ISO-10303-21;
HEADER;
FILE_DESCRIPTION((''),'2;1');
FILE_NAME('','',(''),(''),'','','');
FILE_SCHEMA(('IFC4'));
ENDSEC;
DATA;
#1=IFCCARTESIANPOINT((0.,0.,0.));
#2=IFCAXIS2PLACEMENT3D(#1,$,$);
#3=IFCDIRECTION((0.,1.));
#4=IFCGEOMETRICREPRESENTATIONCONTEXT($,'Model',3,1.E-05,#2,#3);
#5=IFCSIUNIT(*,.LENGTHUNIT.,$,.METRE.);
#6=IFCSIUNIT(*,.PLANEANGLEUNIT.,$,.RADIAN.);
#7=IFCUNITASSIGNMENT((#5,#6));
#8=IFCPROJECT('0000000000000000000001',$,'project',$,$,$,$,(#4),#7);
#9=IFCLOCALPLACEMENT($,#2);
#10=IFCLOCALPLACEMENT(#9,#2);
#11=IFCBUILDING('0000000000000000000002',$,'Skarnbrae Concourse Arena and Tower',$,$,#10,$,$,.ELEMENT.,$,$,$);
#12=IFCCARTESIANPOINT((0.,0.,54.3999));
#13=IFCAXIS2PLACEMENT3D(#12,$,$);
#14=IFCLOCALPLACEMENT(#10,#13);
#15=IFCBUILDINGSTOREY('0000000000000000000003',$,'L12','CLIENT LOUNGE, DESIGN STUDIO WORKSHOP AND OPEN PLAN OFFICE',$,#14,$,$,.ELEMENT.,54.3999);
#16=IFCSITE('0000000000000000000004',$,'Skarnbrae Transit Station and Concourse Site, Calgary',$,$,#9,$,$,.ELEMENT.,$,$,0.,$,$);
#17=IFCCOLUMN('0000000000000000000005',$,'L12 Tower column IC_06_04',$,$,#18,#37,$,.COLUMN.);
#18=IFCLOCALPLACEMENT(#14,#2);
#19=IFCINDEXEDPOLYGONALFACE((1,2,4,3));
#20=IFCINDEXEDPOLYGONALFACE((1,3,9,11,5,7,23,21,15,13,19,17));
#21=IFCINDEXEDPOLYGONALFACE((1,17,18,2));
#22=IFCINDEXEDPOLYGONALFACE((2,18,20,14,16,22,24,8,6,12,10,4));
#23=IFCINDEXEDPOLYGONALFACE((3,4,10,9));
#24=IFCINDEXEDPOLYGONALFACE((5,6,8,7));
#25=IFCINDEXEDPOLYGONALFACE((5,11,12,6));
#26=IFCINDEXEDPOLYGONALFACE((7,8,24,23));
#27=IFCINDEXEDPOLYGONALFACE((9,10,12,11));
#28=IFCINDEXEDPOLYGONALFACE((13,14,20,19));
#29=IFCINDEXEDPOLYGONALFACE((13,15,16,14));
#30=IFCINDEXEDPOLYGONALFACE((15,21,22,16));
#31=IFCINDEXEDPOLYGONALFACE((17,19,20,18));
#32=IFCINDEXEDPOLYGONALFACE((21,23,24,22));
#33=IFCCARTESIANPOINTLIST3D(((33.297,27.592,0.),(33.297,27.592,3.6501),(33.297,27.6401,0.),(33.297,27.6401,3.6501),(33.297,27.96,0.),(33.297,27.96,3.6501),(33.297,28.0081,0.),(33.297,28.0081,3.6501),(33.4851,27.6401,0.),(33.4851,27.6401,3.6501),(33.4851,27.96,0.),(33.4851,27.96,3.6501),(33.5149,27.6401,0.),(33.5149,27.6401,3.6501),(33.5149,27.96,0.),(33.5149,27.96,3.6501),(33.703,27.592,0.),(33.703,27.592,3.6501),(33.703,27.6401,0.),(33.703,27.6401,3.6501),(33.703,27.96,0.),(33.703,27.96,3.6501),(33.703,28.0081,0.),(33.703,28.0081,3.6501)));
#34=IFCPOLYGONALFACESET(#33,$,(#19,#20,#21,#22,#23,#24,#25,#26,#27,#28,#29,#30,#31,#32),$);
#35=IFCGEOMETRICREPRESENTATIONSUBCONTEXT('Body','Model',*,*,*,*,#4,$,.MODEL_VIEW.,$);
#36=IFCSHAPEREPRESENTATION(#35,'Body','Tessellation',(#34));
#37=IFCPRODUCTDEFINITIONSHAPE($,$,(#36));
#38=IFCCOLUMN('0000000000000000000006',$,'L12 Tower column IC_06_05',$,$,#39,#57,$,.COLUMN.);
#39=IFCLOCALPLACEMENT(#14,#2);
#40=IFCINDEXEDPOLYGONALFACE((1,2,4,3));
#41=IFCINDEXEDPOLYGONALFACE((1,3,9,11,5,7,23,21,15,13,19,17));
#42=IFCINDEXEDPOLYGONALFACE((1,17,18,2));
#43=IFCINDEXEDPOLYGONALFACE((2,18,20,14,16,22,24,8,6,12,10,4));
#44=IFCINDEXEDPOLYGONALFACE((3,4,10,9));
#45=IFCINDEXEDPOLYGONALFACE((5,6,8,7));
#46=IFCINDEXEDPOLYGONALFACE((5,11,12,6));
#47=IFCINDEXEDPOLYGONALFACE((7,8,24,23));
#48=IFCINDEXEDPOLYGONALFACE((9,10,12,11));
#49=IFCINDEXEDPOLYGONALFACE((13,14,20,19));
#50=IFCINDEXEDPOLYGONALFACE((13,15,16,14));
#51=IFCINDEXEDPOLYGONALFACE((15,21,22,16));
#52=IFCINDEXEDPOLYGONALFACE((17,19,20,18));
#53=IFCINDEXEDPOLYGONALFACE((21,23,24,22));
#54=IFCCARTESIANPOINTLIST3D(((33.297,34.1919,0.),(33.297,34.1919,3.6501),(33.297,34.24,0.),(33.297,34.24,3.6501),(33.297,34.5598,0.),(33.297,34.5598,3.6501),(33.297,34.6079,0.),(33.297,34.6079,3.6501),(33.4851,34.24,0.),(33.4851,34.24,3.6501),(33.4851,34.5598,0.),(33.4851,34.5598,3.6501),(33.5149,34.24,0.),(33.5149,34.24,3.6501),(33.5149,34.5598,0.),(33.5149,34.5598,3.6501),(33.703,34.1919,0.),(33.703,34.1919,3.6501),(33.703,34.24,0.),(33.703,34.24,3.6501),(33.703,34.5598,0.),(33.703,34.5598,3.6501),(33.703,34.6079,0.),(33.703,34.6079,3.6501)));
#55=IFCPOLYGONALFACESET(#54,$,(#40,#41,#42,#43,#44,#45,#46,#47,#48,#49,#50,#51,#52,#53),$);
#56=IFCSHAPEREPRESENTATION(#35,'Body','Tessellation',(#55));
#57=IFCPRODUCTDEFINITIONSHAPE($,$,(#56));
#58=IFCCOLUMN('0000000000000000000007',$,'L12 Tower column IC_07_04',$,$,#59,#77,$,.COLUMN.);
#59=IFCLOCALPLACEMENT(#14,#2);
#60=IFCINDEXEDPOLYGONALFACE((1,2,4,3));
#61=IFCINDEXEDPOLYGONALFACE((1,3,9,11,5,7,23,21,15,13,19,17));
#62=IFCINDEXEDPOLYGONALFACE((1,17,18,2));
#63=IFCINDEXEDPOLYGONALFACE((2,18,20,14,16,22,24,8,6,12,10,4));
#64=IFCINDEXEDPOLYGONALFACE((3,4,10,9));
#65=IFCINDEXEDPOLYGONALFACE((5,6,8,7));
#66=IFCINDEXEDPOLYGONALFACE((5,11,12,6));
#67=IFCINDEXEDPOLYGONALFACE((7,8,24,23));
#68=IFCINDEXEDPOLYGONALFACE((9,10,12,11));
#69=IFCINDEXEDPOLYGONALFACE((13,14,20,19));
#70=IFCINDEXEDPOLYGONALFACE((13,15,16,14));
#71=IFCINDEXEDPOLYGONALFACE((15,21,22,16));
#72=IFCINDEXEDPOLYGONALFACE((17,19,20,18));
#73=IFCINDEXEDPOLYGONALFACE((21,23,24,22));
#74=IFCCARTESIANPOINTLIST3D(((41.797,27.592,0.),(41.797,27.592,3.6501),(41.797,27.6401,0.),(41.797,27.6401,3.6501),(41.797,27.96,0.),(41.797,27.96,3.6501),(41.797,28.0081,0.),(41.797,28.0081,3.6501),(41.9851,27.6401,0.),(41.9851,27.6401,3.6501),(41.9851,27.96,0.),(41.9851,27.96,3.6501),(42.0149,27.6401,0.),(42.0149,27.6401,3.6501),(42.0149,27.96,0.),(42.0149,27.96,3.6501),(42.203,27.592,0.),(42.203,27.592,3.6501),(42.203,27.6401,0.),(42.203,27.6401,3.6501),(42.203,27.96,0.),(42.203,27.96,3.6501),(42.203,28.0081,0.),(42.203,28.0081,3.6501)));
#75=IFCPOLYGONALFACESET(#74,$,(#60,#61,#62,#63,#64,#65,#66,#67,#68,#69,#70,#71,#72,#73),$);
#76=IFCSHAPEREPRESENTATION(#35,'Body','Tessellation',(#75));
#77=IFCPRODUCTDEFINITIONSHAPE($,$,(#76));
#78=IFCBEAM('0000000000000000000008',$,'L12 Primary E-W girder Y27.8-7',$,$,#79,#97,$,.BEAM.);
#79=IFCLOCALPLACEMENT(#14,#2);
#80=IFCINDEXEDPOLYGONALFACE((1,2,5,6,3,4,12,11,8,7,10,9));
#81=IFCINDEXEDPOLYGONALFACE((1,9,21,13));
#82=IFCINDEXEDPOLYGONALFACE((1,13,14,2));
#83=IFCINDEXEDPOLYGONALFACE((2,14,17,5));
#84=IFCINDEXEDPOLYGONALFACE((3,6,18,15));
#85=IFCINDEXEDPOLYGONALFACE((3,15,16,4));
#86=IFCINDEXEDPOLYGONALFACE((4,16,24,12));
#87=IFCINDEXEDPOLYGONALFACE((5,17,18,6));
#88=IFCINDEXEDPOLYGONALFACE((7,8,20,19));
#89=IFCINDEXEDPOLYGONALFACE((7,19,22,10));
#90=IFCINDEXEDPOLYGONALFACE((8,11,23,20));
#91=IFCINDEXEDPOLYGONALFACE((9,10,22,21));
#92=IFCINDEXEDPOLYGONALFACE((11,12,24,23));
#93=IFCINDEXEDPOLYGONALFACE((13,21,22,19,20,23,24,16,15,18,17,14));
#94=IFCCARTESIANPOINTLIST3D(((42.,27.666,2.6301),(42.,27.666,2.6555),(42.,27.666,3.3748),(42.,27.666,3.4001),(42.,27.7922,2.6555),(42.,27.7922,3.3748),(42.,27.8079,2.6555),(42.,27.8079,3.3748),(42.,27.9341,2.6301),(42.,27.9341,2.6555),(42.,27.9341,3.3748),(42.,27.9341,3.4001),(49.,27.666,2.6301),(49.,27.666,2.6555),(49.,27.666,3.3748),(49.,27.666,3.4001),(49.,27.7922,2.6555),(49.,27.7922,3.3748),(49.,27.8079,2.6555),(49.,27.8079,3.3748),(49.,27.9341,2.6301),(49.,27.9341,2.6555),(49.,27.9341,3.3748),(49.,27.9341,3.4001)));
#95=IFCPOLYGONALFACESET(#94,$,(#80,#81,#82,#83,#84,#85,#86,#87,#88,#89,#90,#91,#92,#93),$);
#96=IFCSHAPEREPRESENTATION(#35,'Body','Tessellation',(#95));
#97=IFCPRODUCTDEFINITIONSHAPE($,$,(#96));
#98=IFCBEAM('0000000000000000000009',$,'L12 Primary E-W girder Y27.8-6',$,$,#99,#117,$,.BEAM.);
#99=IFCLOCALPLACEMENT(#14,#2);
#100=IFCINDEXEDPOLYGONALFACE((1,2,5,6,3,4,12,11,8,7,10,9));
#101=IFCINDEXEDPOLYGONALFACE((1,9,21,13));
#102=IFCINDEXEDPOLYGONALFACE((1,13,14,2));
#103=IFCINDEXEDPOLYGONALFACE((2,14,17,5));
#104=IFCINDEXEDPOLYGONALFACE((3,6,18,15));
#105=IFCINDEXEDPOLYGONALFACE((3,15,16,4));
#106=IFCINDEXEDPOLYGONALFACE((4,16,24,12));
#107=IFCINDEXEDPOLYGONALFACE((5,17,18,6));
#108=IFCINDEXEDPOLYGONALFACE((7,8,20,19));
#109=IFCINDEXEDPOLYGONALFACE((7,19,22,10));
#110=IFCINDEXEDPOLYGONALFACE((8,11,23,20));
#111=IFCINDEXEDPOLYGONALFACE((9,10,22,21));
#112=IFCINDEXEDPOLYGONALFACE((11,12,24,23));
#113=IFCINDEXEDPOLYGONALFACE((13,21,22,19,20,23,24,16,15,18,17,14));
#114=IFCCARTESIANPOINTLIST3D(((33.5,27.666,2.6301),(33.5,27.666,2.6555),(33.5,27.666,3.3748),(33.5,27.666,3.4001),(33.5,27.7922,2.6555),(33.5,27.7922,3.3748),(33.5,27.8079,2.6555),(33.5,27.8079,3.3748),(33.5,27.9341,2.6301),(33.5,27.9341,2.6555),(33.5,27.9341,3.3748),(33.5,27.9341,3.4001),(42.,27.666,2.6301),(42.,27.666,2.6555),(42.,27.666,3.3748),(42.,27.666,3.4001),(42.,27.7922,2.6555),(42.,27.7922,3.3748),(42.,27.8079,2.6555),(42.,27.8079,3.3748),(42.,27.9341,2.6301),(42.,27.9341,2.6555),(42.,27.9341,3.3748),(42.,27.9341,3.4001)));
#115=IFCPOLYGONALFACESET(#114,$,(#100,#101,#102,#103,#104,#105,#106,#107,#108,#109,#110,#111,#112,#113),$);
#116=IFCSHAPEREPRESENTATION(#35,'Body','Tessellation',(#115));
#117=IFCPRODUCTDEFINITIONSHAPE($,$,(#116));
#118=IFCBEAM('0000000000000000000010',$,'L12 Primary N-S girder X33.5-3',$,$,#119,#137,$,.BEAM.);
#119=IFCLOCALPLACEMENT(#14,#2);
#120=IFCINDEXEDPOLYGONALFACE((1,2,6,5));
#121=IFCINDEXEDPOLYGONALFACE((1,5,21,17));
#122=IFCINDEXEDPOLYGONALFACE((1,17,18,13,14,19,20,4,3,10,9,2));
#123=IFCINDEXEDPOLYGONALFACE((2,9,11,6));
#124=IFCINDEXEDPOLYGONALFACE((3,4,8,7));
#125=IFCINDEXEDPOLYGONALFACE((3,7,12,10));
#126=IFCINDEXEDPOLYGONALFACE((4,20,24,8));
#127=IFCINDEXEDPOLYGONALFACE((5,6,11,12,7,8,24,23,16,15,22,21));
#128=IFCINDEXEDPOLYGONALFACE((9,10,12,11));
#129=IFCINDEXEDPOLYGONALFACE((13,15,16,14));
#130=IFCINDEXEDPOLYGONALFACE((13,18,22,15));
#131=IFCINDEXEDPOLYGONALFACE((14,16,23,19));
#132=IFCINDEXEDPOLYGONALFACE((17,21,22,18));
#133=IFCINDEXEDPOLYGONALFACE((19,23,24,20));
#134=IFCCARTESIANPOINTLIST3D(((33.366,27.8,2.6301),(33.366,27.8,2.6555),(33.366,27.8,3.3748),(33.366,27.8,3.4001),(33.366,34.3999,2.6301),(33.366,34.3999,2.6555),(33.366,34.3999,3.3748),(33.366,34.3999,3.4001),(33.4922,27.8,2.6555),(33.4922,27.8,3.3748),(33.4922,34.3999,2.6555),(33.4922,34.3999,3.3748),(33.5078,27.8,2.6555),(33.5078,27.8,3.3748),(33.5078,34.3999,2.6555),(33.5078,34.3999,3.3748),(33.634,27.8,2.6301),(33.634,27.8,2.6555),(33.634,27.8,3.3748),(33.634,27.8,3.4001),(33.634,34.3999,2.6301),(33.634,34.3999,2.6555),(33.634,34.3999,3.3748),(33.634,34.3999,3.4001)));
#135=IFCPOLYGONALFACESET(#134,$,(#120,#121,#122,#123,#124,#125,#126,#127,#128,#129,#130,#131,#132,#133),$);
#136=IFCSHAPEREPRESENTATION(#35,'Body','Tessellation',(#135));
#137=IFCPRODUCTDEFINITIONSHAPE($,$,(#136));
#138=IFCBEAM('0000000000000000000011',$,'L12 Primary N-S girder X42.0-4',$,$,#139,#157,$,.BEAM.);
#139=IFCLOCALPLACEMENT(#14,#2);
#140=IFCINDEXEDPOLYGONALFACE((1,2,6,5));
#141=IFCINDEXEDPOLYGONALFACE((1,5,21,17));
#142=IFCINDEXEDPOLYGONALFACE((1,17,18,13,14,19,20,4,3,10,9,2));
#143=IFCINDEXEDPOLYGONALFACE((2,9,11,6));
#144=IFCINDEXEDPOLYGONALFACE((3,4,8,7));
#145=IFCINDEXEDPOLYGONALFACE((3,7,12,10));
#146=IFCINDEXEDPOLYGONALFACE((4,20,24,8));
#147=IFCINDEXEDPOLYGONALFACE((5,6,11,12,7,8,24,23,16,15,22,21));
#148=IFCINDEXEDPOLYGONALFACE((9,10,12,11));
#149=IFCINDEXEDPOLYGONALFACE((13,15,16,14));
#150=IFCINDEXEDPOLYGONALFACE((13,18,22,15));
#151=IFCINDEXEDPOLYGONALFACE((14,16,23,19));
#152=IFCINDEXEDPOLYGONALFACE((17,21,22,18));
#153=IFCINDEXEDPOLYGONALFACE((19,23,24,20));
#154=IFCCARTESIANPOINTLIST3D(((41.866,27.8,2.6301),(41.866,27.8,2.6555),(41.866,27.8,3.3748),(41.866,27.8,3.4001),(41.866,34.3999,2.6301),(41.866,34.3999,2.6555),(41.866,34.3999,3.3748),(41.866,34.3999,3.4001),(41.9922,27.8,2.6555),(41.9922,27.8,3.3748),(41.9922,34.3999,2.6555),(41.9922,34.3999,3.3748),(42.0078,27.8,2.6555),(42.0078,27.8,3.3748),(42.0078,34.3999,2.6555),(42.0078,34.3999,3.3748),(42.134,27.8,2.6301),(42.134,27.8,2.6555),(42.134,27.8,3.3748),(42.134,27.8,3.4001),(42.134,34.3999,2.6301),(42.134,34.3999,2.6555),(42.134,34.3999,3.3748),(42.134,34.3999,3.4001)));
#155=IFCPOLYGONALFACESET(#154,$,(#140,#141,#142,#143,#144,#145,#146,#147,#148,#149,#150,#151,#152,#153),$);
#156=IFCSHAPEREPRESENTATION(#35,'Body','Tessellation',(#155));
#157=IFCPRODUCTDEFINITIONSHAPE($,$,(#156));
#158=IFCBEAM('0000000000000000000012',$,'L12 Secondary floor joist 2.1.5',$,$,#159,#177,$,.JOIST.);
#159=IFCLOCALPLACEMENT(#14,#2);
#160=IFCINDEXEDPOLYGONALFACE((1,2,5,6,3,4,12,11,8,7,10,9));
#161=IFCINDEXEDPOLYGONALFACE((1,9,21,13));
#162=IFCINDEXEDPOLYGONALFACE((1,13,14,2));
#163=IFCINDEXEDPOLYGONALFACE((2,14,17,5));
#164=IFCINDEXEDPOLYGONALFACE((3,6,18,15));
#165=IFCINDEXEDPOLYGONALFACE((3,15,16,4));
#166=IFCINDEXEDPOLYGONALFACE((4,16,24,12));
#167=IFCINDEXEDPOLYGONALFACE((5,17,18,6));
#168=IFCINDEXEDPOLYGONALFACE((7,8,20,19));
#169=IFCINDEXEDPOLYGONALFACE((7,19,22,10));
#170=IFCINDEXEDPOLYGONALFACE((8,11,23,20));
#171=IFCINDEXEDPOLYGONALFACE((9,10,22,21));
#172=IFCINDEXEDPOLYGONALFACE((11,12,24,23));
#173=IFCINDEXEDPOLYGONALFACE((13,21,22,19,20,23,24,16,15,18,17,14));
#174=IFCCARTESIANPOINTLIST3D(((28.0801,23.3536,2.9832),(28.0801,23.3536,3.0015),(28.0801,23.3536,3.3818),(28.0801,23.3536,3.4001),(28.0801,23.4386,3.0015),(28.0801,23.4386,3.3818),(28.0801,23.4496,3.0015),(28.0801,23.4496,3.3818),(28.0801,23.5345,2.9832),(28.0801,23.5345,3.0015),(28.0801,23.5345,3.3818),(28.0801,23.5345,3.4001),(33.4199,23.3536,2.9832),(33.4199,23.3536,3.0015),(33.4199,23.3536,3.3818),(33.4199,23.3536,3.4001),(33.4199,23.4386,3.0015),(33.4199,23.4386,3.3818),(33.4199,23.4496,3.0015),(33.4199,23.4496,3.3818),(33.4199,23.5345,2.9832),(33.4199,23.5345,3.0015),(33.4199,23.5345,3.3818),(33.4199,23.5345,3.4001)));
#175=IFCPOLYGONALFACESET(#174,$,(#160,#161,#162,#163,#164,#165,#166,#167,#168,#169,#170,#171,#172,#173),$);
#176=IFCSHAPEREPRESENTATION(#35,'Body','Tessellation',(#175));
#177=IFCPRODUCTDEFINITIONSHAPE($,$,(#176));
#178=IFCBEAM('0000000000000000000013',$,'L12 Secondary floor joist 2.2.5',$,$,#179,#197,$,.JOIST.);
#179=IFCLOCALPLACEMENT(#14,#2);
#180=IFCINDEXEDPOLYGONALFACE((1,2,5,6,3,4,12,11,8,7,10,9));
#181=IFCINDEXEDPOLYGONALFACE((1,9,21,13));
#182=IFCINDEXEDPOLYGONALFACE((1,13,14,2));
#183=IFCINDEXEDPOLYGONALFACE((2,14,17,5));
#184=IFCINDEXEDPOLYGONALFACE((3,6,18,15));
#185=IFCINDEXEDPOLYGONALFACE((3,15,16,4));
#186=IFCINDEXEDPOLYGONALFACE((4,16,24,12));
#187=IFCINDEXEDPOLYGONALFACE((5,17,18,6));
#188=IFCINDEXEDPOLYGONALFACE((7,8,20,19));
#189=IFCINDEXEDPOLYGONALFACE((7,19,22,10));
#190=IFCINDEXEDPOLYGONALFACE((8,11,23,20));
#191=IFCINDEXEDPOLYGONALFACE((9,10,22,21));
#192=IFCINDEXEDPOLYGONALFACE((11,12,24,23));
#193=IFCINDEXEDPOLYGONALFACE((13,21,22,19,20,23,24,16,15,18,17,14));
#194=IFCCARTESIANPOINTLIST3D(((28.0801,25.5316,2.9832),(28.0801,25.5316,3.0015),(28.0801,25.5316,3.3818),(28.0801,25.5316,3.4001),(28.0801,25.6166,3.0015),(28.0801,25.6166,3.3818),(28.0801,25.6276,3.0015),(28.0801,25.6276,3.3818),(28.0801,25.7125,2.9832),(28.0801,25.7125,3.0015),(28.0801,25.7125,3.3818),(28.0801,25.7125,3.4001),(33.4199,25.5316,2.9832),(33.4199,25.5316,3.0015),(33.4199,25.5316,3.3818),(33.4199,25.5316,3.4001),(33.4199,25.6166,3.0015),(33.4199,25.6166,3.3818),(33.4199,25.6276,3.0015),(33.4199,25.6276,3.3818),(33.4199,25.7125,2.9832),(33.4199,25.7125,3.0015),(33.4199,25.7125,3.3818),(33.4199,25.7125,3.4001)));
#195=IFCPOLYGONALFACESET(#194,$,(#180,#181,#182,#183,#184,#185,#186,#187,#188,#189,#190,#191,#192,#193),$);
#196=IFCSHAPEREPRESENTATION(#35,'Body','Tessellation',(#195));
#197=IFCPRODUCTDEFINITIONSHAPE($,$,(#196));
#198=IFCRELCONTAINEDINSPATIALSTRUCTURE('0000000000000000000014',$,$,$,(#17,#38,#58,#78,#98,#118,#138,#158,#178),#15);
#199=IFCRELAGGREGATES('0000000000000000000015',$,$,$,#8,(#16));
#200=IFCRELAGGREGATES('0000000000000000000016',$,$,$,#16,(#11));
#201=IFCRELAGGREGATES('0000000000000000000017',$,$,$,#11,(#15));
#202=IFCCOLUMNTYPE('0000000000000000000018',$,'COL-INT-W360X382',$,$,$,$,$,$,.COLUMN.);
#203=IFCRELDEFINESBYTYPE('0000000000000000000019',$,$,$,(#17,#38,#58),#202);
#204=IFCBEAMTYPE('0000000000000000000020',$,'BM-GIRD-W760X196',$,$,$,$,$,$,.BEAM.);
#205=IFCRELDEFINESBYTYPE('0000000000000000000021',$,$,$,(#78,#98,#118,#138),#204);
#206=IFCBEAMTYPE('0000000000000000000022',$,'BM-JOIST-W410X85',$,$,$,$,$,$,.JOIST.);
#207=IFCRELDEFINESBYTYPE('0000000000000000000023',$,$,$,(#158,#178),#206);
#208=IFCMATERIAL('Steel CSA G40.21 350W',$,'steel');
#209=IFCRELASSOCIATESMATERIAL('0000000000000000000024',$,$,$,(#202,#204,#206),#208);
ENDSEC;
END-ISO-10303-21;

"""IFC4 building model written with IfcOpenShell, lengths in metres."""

from ifc_helpers import new_model, si_unit, direction, frame, origin, origin_2d, place, context, subcontext, project, spatial, i_section, extrude, source, transform, mapped, material, material_profile, profile_set, type_object, element, save


model = new_model("IFC4")

# Units and contexts
model_context = context("Model", 3, precision=1e-05, world=origin(), true_north=direction((0.0, 1.0)))
body_context = subcontext(model_context, "Body", "Model", "MODEL_VIEW")
ifc_project = project(units=[si_unit("LENGTHUNIT", "METRE"), si_unit("PLANEANGLEUNIT", "RADIAN")], contexts=[model_context])

# Site, building, storey
site_placement = place(None, origin())
site = spatial("IfcSite", under=ifc_project, at=site_placement, Name="Skarnbrae Transit Station and Concourse Site, Calgary", CompositionType="ELEMENT", RefElevation=0.0)
building_placement = place(site_placement, origin())
building = spatial("IfcBuilding", under=site, at=building_placement, Name="Skarnbrae Concourse Arena and Tower", CompositionType="ELEMENT")
storey_placement = place(building_placement, frame((0.0, 0.0, 54.3999)))
storey = spatial("IfcBuildingStorey", under=building, at=storey_placement, Name="L12", Description="CLIENT LOUNGE, DESIGN STUDIO WORKSHOP AND OPEN PLAN OFFICE", CompositionType="ELEMENT", Elevation=54.3999)

# Columns
ifc_material_1 = material(Name="Steel CSA G40.21 350W", Category="steel")
ifc_material_profile_1 = material_profile(ifc_material_1, i_section(OverallWidth=0.406, OverallDepth=0.416, WebThickness=0.0298, FlangeThickness=0.0481, at=origin_2d()), Name="W360X382")
ifc_profile_set_1 = profile_set([ifc_material_profile_1], Name="Steel CSA G40.21 350W")
column_type = type_object("IfcColumnType", Name="COL-INT-W360X382", PredefinedType="COLUMN", material=ifc_profile_set_1)
shared_shape_1 = source(origin(), body_context, "Body", "SweptSolid", [
    extrude(i_section(OverallWidth=0.406, OverallDepth=0.416, WebThickness=0.0298, FlangeThickness=0.0481, at=origin_2d()), origin(), (0.0, 0.0, 1.0), 3.6501),
])
for number, where, z_axis, x_axis, name in (
    (1, (33.5, 27.8, 0.0), (0.0, 0.0, 1.0), (1.0, 0.0, 0.0), "L12 Tower column IC_06_04"),
    (2, (33.5, 34.3999, 0.0), (0.0, 0.0, 1.0), (1.0, 0.0, 0.0), "L12 Tower column IC_06_05"),
    (3, (42.0, 27.8, 0.0), (0.0, 0.0, 1.0), (1.0, 0.0, 0.0), "L12 Tower column IC_07_04"),
):
    element("IfcColumn", number, at=place(storey_placement, frame(where, z_axis=z_axis, x_axis=x_axis)), inside=storey, type_object=column_type, Name=name, PredefinedType="COLUMN", context=body_context, shape_type="MappedRepresentation", body=[
        mapped(shared_shape_1, transform((0.0, 0.0, 0.0))),
    ])

# Beams
ifc_material_profile_2 = material_profile(ifc_material_1, i_section(OverallWidth=0.2681, OverallDepth=0.77, WebThickness=0.0156, FlangeThickness=0.0254, at=origin_2d()), Name="W760X196")
ifc_profile_set_2 = profile_set([ifc_material_profile_2], Name="Steel CSA G40.21 350W")
beam_type_1 = type_object("IfcBeamType", Name="BM-GIRD-W760X196", PredefinedType="BEAM", material=ifc_profile_set_2)
shared_shape_2 = source(origin(), body_context, "Body", "SweptSolid", [
    extrude(i_section(OverallWidth=0.2681, OverallDepth=0.77, WebThickness=0.0156, FlangeThickness=0.0254, at=origin_2d()), origin(), (0.0, 0.0, 1.0), 7.0),
])
beam_1_placement = place(storey_placement, frame((42.0, 27.8, 3.0151), z_axis=(1.0, 0.0, 0.0), x_axis=(0.0, 1.0, 0.0)))
element("IfcBeam", 4, at=beam_1_placement, inside=storey, type_object=beam_type_1, Name="L12 Primary E-W girder Y27.8-7", PredefinedType="BEAM", context=body_context, shape_type="MappedRepresentation", body=[
    mapped(shared_shape_2, transform((0.0, 0.0, 0.0))),
])
shared_shape_3 = source(origin(), body_context, "Body", "SweptSolid", [
    extrude(i_section(OverallWidth=0.2681, OverallDepth=0.77, WebThickness=0.0156, FlangeThickness=0.0254, at=origin_2d()), origin(), (0.0, 0.0, 1.0), 8.5),
])
beam_2_placement = place(storey_placement, frame((33.5, 27.8, 3.0151), z_axis=(1.0, 0.0, 0.0), x_axis=(0.0, 1.0, 0.0)))
element("IfcBeam", 5, at=beam_2_placement, inside=storey, type_object=beam_type_1, Name="L12 Primary E-W girder Y27.8-6", PredefinedType="BEAM", context=body_context, shape_type="MappedRepresentation", body=[
    mapped(shared_shape_3, transform((0.0, 0.0, 0.0))),
])
shared_shape_4 = source(origin(), body_context, "Body", "SweptSolid", [
    extrude(i_section(OverallWidth=0.2681, OverallDepth=0.77, WebThickness=0.0156, FlangeThickness=0.0254, at=origin_2d()), origin(), (0.0, 0.0, 1.0), 6.5999),
])
for number, where, z_axis, x_axis, name in (
    (6, (33.5, 27.8, 3.0151), (0.0, 1.0, 0.0), (-1.0, 0.0, 0.0), "L12 Primary N-S girder X33.5-3"),
    (7, (42.0, 27.8, 3.0151), (0.0, 1.0, 0.0), (-1.0, 0.0, 0.0), "L12 Primary N-S girder X42.0-4"),
):
    element("IfcBeam", number, at=place(storey_placement, frame(where, z_axis=z_axis, x_axis=x_axis)), inside=storey, type_object=beam_type_1, Name=name, PredefinedType="BEAM", context=body_context, shape_type="MappedRepresentation", body=[
        mapped(shared_shape_4, transform((0.0, 0.0, 0.0))),
    ])
ifc_material_profile_3 = material_profile(ifc_material_1, i_section(OverallWidth=0.1809, OverallDepth=0.417, WebThickness=0.011, FlangeThickness=0.0183, at=origin_2d()), Name="W410X85")
ifc_profile_set_3 = profile_set([ifc_material_profile_3], Name="Steel CSA G40.21 350W")
beam_type_2 = type_object("IfcBeamType", Name="BM-JOIST-W410X85", PredefinedType="JOIST", material=ifc_profile_set_3)
shared_shape_5 = source(origin(), body_context, "Body", "SweptSolid", [
    extrude(i_section(OverallWidth=0.1809, OverallDepth=0.417, WebThickness=0.011, FlangeThickness=0.0183, at=origin_2d()), origin(), (0.0, 0.0, 1.0), 5.3398),
])
for number, where, z_axis, x_axis, name in (
    (8, (28.0801, 23.4441, 3.1917), (1.0, 0.0, 0.0), (0.0, 1.0, 0.0), "L12 Secondary floor joist 2.1.5"),
    (9, (28.0801, 25.6221, 3.1917), (1.0, 0.0, 0.0), (0.0, 1.0, 0.0), "L12 Secondary floor joist 2.2.5"),
):
    element("IfcBeam", number, at=place(storey_placement, frame(where, z_axis=z_axis, x_axis=x_axis)), inside=storey, type_object=beam_type_2, Name=name, PredefinedType="JOIST", context=body_context, shape_type="MappedRepresentation", body=[
        mapped(shared_shape_5, transform((0.0, 0.0, 0.0))),
    ])

save(model, "model.ifc")
